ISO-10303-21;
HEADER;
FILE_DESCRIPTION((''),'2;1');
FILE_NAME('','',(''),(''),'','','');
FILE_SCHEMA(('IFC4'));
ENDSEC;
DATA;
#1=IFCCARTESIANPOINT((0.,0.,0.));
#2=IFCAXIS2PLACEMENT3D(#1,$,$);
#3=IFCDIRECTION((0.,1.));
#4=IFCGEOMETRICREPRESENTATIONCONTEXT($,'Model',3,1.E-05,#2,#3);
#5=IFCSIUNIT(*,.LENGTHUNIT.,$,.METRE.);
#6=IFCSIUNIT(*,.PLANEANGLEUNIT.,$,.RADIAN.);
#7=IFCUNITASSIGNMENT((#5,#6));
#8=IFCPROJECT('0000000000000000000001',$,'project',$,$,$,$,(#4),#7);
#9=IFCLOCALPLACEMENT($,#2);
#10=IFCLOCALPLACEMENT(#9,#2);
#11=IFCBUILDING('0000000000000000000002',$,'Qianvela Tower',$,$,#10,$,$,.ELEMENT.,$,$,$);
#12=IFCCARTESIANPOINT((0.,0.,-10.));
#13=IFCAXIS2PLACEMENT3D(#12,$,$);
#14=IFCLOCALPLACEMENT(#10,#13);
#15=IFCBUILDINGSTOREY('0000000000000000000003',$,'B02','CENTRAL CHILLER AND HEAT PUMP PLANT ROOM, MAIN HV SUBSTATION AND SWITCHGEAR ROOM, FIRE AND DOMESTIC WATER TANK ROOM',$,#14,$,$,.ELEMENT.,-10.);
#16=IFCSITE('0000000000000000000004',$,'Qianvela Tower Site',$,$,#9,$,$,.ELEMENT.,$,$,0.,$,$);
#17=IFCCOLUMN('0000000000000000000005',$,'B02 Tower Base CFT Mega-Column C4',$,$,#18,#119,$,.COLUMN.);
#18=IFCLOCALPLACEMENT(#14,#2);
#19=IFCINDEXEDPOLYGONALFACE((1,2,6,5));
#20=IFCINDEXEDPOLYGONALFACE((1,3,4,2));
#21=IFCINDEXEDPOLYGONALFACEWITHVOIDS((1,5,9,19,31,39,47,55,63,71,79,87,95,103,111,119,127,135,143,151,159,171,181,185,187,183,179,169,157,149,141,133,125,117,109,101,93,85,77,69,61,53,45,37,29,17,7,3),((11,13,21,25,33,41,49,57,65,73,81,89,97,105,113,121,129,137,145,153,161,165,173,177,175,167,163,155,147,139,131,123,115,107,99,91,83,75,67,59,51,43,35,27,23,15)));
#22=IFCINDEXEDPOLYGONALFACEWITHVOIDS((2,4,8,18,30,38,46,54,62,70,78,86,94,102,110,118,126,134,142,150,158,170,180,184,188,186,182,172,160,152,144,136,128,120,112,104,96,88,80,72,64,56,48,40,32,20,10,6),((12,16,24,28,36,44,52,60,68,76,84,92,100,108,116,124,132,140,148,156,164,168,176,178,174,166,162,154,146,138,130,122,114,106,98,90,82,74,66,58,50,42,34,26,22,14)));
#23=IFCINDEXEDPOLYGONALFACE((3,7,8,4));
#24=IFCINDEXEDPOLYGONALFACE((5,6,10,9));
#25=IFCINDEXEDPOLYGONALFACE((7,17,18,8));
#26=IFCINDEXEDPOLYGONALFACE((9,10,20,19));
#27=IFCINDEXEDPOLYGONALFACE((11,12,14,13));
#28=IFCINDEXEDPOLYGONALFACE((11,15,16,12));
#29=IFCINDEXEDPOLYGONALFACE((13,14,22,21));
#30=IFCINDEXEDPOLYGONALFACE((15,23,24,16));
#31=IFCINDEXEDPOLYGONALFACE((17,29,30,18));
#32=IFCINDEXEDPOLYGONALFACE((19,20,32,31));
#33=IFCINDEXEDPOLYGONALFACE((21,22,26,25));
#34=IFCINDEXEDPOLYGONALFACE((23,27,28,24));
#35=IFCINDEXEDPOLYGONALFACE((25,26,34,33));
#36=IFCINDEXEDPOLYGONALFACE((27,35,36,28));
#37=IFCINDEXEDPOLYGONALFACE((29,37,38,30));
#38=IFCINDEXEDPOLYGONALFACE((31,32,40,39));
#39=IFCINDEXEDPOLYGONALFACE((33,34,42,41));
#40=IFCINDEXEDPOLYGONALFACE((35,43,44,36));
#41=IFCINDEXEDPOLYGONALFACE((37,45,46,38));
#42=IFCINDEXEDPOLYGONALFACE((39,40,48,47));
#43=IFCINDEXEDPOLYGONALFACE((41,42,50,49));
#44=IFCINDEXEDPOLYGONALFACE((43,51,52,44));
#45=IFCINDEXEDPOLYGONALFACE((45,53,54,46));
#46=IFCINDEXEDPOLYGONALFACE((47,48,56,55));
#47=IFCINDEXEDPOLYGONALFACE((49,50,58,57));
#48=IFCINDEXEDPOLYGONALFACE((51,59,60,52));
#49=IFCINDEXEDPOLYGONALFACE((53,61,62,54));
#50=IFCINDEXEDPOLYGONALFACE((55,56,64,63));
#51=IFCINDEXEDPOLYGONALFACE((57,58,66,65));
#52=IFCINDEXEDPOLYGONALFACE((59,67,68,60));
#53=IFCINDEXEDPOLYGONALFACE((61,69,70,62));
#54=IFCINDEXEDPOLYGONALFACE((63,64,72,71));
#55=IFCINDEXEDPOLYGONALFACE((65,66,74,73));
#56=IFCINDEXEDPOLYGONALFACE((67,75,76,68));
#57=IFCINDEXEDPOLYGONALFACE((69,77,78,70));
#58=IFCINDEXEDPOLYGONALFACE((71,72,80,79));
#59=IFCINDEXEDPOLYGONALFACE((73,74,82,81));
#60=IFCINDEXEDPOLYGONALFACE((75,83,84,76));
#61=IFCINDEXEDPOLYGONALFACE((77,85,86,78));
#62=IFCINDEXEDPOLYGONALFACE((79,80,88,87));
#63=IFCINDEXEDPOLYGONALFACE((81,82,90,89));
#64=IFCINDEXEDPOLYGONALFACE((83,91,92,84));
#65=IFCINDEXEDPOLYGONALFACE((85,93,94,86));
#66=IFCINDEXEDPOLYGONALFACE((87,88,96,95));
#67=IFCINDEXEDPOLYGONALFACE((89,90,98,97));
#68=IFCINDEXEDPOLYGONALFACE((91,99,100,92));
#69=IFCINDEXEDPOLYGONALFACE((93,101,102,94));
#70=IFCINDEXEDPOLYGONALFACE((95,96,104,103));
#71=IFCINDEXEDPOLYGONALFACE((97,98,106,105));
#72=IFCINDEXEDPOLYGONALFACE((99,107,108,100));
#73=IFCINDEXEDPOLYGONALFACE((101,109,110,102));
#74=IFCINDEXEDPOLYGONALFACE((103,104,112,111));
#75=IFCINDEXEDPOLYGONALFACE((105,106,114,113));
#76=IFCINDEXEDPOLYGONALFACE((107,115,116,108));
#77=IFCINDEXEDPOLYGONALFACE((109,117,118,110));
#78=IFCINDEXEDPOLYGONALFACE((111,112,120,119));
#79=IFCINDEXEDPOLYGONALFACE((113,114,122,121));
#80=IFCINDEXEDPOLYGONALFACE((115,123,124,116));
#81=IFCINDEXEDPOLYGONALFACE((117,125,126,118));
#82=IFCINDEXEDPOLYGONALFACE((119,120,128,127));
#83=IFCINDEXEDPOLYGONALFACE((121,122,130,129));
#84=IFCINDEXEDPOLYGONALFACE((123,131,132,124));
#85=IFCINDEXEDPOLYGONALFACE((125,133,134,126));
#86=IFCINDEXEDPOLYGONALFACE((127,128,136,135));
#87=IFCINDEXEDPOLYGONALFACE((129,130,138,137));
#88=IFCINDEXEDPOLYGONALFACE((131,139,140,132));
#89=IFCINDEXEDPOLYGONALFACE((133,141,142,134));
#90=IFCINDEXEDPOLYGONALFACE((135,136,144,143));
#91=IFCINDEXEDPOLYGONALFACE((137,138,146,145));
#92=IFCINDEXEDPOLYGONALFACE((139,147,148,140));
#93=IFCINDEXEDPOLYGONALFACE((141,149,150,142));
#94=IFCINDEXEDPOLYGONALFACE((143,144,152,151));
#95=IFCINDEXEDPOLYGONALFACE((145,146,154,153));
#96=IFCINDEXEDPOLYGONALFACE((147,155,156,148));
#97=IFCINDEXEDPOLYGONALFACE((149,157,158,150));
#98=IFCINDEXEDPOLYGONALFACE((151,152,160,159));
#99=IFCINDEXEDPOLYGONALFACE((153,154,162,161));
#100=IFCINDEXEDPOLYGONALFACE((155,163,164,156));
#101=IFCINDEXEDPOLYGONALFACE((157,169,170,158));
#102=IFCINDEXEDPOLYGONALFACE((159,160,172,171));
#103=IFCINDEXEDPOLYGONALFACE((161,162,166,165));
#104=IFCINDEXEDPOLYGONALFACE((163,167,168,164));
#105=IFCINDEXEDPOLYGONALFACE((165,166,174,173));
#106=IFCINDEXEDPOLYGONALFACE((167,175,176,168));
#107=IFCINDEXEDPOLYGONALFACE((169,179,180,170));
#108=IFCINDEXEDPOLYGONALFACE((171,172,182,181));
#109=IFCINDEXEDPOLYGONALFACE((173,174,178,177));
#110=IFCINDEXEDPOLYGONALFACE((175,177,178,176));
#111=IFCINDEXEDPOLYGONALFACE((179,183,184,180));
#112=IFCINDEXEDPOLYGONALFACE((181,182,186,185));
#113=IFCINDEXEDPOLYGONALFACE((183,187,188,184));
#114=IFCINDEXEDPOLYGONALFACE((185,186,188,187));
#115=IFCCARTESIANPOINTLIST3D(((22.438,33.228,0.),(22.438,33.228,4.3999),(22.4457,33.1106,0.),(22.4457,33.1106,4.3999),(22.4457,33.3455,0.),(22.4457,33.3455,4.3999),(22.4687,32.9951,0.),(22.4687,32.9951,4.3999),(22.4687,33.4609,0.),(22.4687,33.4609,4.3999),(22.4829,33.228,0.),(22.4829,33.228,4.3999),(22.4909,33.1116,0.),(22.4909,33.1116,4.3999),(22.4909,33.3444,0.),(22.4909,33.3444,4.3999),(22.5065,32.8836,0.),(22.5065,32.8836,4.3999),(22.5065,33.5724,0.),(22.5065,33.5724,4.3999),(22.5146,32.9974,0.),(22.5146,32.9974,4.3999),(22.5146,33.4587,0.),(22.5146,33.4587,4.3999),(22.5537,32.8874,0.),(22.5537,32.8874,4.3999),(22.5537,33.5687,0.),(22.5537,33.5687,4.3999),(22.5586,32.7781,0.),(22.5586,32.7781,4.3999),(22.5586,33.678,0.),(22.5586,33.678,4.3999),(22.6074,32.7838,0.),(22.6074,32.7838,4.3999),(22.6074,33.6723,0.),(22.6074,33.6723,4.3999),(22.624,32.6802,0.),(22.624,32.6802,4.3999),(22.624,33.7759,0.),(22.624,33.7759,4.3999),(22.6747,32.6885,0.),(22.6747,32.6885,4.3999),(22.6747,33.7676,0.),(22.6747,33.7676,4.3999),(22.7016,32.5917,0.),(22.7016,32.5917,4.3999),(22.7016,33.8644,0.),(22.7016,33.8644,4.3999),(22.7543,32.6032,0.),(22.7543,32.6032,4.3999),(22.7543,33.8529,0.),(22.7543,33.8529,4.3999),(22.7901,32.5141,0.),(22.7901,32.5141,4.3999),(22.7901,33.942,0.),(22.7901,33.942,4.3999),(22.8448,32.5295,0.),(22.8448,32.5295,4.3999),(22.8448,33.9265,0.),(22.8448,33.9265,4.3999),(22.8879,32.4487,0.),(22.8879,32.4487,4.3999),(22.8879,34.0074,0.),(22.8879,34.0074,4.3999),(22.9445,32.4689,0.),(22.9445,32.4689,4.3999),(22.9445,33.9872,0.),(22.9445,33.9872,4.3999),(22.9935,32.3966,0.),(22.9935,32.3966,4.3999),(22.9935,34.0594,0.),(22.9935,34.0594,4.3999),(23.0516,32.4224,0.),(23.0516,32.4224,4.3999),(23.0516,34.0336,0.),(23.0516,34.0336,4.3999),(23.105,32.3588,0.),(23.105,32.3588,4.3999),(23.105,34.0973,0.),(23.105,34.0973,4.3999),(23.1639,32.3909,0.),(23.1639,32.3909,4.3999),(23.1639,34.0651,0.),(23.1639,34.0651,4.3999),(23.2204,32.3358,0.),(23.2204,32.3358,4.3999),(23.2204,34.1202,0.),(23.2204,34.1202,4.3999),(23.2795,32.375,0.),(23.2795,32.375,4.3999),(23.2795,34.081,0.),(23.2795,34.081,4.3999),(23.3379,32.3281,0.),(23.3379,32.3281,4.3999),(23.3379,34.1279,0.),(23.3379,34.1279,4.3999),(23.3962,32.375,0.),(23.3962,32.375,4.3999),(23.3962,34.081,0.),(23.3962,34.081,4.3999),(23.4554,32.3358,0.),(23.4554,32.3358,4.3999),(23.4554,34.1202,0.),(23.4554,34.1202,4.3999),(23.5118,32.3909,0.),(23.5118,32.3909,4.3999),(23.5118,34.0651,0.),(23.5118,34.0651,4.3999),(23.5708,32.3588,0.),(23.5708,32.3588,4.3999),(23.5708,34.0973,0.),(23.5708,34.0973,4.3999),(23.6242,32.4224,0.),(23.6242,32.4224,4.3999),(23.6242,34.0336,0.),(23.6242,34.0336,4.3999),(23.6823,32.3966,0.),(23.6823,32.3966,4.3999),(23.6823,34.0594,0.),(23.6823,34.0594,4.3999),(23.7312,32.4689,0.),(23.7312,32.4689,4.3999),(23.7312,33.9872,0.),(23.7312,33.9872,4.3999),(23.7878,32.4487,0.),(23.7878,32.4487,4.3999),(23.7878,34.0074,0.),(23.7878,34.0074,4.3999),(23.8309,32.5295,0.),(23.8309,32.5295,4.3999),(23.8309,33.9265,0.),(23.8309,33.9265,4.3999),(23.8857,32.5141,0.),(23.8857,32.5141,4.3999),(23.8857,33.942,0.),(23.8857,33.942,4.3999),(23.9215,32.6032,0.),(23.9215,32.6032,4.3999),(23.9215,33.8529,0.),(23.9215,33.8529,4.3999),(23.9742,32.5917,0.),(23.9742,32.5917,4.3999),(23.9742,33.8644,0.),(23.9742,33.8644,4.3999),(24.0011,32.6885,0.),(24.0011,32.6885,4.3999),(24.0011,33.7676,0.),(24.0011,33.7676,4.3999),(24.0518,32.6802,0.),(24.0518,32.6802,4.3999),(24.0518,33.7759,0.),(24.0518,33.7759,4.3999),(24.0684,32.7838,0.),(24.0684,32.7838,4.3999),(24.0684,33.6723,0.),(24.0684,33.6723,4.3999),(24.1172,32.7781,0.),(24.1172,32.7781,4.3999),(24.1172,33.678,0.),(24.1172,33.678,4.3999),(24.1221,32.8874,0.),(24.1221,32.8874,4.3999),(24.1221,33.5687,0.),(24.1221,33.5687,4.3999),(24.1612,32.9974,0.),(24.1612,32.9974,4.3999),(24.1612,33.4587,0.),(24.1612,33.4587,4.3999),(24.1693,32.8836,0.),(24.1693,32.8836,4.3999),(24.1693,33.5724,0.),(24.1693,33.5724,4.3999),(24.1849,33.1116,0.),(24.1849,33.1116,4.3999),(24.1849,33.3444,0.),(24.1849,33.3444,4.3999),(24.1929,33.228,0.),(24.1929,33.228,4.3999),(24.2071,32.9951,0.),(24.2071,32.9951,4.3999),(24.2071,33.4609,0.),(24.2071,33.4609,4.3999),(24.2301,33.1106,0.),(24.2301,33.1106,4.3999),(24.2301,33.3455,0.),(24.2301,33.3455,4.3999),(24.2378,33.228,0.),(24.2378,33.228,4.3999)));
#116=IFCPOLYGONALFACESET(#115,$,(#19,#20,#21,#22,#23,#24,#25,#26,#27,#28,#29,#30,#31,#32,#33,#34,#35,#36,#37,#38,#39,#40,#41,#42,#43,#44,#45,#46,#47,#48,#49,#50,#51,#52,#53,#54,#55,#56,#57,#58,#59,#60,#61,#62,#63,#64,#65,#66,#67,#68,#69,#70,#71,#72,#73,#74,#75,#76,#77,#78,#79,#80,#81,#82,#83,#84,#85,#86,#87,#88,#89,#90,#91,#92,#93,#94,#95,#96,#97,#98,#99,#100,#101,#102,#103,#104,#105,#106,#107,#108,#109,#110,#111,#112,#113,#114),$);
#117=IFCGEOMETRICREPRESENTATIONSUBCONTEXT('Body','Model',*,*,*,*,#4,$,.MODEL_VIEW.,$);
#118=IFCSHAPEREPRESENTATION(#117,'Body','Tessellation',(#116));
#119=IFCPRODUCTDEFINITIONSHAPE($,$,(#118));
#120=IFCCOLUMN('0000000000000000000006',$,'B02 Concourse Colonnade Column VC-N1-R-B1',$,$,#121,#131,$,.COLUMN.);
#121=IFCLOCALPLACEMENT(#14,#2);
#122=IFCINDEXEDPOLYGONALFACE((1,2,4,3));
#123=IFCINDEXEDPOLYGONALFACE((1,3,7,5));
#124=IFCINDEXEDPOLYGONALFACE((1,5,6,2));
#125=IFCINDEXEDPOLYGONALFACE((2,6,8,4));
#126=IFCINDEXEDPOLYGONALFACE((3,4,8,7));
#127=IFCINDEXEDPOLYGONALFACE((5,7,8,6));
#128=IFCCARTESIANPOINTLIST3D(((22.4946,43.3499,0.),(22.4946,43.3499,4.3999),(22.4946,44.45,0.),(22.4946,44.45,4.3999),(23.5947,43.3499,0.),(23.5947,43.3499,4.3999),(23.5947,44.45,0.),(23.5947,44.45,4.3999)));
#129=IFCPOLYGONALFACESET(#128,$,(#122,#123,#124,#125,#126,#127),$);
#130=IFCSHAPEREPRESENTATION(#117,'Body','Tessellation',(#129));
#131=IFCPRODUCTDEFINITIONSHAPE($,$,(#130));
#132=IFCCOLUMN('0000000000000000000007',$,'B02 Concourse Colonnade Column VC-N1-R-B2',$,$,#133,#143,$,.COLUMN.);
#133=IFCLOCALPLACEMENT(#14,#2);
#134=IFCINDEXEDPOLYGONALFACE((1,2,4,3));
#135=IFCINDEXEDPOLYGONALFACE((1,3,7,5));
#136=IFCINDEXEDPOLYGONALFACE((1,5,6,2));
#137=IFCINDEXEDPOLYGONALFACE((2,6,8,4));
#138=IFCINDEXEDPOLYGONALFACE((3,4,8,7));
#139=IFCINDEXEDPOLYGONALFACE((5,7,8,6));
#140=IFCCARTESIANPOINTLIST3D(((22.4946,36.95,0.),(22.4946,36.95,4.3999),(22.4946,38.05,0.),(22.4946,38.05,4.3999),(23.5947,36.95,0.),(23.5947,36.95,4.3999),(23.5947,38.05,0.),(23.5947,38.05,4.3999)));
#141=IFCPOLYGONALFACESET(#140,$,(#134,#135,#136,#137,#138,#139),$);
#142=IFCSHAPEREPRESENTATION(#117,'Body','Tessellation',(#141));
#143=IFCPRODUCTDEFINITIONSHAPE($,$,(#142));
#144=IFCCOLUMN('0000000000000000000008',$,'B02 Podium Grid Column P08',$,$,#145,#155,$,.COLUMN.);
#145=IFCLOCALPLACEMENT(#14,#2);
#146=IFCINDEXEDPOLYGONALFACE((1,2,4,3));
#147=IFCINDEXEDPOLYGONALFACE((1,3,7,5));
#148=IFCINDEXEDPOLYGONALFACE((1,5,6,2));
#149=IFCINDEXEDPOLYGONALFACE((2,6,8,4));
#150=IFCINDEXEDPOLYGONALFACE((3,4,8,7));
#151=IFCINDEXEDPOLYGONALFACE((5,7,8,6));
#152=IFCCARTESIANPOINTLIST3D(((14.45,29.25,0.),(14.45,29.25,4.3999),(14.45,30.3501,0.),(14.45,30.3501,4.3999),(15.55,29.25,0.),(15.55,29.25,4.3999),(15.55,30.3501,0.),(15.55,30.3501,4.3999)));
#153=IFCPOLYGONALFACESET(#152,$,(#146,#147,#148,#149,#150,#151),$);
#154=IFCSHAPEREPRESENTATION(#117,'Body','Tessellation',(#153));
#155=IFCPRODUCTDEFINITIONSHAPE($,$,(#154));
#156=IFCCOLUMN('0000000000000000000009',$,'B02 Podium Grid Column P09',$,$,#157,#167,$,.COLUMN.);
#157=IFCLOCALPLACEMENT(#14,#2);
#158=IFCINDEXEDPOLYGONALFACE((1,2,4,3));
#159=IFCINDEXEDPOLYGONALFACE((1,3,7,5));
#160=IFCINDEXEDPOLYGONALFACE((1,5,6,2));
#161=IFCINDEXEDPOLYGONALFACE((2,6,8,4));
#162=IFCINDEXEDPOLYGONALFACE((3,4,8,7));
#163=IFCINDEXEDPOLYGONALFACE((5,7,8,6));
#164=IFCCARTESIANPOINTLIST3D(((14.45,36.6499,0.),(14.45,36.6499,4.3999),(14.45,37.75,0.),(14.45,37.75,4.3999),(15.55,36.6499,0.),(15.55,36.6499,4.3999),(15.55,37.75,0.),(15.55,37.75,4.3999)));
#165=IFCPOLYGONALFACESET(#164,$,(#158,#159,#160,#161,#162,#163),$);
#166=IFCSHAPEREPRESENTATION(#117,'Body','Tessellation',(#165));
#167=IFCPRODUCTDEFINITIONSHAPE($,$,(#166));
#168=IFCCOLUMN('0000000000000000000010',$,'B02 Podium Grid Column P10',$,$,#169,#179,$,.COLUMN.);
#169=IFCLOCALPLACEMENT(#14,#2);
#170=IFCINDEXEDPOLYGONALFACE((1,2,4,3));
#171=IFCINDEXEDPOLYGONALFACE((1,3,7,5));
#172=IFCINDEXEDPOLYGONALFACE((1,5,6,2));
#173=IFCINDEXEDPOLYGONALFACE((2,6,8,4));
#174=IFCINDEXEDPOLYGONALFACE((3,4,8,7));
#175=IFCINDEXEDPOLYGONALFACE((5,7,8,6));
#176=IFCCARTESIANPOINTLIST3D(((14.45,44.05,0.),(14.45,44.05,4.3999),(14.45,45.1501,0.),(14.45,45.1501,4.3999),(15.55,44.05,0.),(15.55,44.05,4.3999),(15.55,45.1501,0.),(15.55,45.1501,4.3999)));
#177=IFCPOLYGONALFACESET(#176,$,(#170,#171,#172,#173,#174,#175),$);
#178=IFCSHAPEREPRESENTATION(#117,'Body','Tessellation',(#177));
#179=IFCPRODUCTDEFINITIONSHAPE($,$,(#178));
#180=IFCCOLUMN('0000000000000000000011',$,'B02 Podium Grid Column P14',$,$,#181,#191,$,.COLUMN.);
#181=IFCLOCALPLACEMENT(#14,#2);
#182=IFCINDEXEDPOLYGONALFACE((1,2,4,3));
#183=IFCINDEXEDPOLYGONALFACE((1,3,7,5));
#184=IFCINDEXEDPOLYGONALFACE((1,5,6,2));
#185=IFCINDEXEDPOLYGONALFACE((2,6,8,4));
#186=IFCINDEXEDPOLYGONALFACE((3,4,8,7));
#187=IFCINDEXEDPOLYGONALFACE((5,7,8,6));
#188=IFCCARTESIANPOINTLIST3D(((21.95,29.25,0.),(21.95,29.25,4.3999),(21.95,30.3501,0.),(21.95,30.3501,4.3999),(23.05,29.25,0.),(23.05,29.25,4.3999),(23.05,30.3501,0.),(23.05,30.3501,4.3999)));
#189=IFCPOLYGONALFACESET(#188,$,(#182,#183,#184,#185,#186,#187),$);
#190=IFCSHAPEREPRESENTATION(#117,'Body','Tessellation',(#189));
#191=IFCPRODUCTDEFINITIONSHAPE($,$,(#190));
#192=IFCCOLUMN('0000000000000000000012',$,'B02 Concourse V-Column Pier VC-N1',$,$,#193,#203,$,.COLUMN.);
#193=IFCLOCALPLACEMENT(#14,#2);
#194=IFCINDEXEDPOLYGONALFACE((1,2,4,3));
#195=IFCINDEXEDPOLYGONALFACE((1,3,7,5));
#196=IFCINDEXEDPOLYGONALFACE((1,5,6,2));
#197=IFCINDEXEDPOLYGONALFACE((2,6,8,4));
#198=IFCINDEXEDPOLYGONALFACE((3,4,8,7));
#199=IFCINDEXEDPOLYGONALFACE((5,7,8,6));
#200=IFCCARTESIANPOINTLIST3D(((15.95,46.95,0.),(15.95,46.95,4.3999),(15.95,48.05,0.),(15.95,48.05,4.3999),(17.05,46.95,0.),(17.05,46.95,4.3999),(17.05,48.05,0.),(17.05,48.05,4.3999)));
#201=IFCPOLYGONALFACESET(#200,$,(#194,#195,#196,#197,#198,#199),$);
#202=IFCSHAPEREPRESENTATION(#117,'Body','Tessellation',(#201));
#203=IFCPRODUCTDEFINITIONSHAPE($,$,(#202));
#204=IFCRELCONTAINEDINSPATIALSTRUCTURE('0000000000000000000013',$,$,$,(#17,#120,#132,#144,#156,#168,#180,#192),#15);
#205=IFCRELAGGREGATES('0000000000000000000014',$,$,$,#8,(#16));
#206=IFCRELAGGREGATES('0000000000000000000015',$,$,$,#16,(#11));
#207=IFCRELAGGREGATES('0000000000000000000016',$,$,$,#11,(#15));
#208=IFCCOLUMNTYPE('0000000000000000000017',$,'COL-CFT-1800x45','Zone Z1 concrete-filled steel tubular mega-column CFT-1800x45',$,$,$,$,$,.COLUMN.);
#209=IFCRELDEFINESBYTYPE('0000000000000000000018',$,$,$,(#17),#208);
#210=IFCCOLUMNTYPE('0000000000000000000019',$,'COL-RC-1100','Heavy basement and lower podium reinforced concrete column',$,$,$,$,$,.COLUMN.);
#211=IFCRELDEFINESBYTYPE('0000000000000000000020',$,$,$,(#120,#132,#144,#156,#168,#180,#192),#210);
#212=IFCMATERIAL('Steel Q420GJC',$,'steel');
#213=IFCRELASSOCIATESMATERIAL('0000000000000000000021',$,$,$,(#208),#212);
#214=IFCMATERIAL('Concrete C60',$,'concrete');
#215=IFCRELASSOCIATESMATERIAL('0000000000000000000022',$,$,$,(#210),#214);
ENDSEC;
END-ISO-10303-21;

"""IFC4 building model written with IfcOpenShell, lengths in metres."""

from ifc_helpers import new_model, si_unit, direction, frame, origin, origin_2d, place, context, subcontext, project, spatial, rectangle, hollow_circle, extrude, material, material_profile, profile_set, type_object, element, save


model = new_model("IFC4")

# Units and contexts
model_context = context("Model", 3, precision=1e-05, world=origin(), true_north=direction((0.0, 1.0)))
body_context = subcontext(model_context, "Body", "Model", "MODEL_VIEW")
ifc_project = project(units=[si_unit("LENGTHUNIT", "METRE"), si_unit("PLANEANGLEUNIT", "RADIAN")], contexts=[model_context])

# Site, building, storey
site_placement = place(None, origin())
site = spatial("IfcSite", under=ifc_project, at=site_placement, Name="Qianvela Tower Site", CompositionType="ELEMENT", RefElevation=0.0)
building_placement = place(site_placement, origin())
building = spatial("IfcBuilding", under=site, at=building_placement, Name="Qianvela Tower", CompositionType="ELEMENT")
storey_placement = place(building_placement, frame((0.0, 0.0, -10.0)))
storey = spatial("IfcBuildingStorey", under=building, at=storey_placement, Name="B02", Description="CENTRAL CHILLER AND HEAT PUMP PLANT ROOM, MAIN HV SUBSTATION AND SWITCHGEAR ROOM, FIRE AND DOMESTIC WATER TANK ROOM", CompositionType="ELEMENT", Elevation=-10.0)

# Columns
ifc_material_1 = material(Name="Steel Q420GJC", Category="steel")
ifc_material_profile_1 = material_profile(ifc_material_1, hollow_circle(Radius=0.8999, WallThickness=0.0449, at=origin_2d()), Name="CFT-1800x45")
ifc_profile_set_1 = profile_set([ifc_material_profile_1], Name="Steel Q420GJC")
column_type_1 = type_object("IfcColumnType", Name="COL-CFT-1800x45", Description="Zone Z1 concrete-filled steel tubular mega-column CFT-1800x45", PredefinedType="COLUMN", material=ifc_profile_set_1)
column_placement = place(storey_placement, frame((23.3379, 33.228, 0.0), z_axis=(0.0, 0.0, 1.0), x_axis=(1.0, 0.0, 0.0)))
element("IfcColumn", 1, at=column_placement, inside=storey, type_object=column_type_1, Name="B02 Tower Base CFT Mega-Column C4", PredefinedType="COLUMN", context=body_context, shape_type="SweptSolid", body=[
    extrude(hollow_circle(Radius=0.8999, WallThickness=0.0449, at=origin_2d()), origin(), (0.0, 0.0, 1.0), 4.3999),
])
ifc_material_2 = material(Name="Concrete C60", Category="concrete")
ifc_material_profile_2 = material_profile(ifc_material_2, rectangle(XDim=1.1001, YDim=1.1001, at=origin_2d()), Name="RC-COL-1100x1100")
ifc_profile_set_2 = profile_set([ifc_material_profile_2], Name="Concrete C60")
column_type_2 = type_object("IfcColumnType", Name="COL-RC-1100", Description="Heavy basement and lower podium reinforced concrete column", PredefinedType="COLUMN", material=ifc_profile_set_2)
for number, where, z_axis, x_axis, name in (
    (2, (23.0447, 43.8999, 0.0), (0.0, 0.0, 1.0), (1.0, 0.0, 0.0), "B02 Concourse Colonnade Column VC-N1-R-B1"),
    (3, (23.0447, 37.5, 0.0), (0.0, 0.0, 1.0), (1.0, 0.0, 0.0), "B02 Concourse Colonnade Column VC-N1-R-B2"),
    (4, (15.0, 29.8, 0.0), (0.0, 0.0, 1.0), (1.0, 0.0, 0.0), "B02 Podium Grid Column P08"),
    (5, (15.0, 37.2, 0.0), (0.0, 0.0, 1.0), (1.0, 0.0, 0.0), "B02 Podium Grid Column P09"),
    (6, (15.0, 44.6001, 0.0), (0.0, 0.0, 1.0), (1.0, 0.0, 0.0), "B02 Podium Grid Column P10"),
    (7, (22.5, 29.8, 0.0), (0.0, 0.0, 1.0), (1.0, 0.0, 0.0), "B02 Podium Grid Column P14"),
    (8, (16.5, 47.5, 0.0), (0.0, 0.0, 1.0), (1.0, 0.0, 0.0), "B02 Concourse V-Column Pier VC-N1"),
):
    element("IfcColumn", number, at=place(storey_placement, frame(where, z_axis=z_axis, x_axis=x_axis)), inside=storey, type_object=column_type_2, Name=name, PredefinedType="COLUMN", context=body_context, shape_type="SweptSolid", body=[
        extrude(rectangle(XDim=1.1001, YDim=1.1001, at=origin_2d()), origin(), (0.0, 0.0, 1.0), 4.3999),
    ])

save(model, "model.ifc")
